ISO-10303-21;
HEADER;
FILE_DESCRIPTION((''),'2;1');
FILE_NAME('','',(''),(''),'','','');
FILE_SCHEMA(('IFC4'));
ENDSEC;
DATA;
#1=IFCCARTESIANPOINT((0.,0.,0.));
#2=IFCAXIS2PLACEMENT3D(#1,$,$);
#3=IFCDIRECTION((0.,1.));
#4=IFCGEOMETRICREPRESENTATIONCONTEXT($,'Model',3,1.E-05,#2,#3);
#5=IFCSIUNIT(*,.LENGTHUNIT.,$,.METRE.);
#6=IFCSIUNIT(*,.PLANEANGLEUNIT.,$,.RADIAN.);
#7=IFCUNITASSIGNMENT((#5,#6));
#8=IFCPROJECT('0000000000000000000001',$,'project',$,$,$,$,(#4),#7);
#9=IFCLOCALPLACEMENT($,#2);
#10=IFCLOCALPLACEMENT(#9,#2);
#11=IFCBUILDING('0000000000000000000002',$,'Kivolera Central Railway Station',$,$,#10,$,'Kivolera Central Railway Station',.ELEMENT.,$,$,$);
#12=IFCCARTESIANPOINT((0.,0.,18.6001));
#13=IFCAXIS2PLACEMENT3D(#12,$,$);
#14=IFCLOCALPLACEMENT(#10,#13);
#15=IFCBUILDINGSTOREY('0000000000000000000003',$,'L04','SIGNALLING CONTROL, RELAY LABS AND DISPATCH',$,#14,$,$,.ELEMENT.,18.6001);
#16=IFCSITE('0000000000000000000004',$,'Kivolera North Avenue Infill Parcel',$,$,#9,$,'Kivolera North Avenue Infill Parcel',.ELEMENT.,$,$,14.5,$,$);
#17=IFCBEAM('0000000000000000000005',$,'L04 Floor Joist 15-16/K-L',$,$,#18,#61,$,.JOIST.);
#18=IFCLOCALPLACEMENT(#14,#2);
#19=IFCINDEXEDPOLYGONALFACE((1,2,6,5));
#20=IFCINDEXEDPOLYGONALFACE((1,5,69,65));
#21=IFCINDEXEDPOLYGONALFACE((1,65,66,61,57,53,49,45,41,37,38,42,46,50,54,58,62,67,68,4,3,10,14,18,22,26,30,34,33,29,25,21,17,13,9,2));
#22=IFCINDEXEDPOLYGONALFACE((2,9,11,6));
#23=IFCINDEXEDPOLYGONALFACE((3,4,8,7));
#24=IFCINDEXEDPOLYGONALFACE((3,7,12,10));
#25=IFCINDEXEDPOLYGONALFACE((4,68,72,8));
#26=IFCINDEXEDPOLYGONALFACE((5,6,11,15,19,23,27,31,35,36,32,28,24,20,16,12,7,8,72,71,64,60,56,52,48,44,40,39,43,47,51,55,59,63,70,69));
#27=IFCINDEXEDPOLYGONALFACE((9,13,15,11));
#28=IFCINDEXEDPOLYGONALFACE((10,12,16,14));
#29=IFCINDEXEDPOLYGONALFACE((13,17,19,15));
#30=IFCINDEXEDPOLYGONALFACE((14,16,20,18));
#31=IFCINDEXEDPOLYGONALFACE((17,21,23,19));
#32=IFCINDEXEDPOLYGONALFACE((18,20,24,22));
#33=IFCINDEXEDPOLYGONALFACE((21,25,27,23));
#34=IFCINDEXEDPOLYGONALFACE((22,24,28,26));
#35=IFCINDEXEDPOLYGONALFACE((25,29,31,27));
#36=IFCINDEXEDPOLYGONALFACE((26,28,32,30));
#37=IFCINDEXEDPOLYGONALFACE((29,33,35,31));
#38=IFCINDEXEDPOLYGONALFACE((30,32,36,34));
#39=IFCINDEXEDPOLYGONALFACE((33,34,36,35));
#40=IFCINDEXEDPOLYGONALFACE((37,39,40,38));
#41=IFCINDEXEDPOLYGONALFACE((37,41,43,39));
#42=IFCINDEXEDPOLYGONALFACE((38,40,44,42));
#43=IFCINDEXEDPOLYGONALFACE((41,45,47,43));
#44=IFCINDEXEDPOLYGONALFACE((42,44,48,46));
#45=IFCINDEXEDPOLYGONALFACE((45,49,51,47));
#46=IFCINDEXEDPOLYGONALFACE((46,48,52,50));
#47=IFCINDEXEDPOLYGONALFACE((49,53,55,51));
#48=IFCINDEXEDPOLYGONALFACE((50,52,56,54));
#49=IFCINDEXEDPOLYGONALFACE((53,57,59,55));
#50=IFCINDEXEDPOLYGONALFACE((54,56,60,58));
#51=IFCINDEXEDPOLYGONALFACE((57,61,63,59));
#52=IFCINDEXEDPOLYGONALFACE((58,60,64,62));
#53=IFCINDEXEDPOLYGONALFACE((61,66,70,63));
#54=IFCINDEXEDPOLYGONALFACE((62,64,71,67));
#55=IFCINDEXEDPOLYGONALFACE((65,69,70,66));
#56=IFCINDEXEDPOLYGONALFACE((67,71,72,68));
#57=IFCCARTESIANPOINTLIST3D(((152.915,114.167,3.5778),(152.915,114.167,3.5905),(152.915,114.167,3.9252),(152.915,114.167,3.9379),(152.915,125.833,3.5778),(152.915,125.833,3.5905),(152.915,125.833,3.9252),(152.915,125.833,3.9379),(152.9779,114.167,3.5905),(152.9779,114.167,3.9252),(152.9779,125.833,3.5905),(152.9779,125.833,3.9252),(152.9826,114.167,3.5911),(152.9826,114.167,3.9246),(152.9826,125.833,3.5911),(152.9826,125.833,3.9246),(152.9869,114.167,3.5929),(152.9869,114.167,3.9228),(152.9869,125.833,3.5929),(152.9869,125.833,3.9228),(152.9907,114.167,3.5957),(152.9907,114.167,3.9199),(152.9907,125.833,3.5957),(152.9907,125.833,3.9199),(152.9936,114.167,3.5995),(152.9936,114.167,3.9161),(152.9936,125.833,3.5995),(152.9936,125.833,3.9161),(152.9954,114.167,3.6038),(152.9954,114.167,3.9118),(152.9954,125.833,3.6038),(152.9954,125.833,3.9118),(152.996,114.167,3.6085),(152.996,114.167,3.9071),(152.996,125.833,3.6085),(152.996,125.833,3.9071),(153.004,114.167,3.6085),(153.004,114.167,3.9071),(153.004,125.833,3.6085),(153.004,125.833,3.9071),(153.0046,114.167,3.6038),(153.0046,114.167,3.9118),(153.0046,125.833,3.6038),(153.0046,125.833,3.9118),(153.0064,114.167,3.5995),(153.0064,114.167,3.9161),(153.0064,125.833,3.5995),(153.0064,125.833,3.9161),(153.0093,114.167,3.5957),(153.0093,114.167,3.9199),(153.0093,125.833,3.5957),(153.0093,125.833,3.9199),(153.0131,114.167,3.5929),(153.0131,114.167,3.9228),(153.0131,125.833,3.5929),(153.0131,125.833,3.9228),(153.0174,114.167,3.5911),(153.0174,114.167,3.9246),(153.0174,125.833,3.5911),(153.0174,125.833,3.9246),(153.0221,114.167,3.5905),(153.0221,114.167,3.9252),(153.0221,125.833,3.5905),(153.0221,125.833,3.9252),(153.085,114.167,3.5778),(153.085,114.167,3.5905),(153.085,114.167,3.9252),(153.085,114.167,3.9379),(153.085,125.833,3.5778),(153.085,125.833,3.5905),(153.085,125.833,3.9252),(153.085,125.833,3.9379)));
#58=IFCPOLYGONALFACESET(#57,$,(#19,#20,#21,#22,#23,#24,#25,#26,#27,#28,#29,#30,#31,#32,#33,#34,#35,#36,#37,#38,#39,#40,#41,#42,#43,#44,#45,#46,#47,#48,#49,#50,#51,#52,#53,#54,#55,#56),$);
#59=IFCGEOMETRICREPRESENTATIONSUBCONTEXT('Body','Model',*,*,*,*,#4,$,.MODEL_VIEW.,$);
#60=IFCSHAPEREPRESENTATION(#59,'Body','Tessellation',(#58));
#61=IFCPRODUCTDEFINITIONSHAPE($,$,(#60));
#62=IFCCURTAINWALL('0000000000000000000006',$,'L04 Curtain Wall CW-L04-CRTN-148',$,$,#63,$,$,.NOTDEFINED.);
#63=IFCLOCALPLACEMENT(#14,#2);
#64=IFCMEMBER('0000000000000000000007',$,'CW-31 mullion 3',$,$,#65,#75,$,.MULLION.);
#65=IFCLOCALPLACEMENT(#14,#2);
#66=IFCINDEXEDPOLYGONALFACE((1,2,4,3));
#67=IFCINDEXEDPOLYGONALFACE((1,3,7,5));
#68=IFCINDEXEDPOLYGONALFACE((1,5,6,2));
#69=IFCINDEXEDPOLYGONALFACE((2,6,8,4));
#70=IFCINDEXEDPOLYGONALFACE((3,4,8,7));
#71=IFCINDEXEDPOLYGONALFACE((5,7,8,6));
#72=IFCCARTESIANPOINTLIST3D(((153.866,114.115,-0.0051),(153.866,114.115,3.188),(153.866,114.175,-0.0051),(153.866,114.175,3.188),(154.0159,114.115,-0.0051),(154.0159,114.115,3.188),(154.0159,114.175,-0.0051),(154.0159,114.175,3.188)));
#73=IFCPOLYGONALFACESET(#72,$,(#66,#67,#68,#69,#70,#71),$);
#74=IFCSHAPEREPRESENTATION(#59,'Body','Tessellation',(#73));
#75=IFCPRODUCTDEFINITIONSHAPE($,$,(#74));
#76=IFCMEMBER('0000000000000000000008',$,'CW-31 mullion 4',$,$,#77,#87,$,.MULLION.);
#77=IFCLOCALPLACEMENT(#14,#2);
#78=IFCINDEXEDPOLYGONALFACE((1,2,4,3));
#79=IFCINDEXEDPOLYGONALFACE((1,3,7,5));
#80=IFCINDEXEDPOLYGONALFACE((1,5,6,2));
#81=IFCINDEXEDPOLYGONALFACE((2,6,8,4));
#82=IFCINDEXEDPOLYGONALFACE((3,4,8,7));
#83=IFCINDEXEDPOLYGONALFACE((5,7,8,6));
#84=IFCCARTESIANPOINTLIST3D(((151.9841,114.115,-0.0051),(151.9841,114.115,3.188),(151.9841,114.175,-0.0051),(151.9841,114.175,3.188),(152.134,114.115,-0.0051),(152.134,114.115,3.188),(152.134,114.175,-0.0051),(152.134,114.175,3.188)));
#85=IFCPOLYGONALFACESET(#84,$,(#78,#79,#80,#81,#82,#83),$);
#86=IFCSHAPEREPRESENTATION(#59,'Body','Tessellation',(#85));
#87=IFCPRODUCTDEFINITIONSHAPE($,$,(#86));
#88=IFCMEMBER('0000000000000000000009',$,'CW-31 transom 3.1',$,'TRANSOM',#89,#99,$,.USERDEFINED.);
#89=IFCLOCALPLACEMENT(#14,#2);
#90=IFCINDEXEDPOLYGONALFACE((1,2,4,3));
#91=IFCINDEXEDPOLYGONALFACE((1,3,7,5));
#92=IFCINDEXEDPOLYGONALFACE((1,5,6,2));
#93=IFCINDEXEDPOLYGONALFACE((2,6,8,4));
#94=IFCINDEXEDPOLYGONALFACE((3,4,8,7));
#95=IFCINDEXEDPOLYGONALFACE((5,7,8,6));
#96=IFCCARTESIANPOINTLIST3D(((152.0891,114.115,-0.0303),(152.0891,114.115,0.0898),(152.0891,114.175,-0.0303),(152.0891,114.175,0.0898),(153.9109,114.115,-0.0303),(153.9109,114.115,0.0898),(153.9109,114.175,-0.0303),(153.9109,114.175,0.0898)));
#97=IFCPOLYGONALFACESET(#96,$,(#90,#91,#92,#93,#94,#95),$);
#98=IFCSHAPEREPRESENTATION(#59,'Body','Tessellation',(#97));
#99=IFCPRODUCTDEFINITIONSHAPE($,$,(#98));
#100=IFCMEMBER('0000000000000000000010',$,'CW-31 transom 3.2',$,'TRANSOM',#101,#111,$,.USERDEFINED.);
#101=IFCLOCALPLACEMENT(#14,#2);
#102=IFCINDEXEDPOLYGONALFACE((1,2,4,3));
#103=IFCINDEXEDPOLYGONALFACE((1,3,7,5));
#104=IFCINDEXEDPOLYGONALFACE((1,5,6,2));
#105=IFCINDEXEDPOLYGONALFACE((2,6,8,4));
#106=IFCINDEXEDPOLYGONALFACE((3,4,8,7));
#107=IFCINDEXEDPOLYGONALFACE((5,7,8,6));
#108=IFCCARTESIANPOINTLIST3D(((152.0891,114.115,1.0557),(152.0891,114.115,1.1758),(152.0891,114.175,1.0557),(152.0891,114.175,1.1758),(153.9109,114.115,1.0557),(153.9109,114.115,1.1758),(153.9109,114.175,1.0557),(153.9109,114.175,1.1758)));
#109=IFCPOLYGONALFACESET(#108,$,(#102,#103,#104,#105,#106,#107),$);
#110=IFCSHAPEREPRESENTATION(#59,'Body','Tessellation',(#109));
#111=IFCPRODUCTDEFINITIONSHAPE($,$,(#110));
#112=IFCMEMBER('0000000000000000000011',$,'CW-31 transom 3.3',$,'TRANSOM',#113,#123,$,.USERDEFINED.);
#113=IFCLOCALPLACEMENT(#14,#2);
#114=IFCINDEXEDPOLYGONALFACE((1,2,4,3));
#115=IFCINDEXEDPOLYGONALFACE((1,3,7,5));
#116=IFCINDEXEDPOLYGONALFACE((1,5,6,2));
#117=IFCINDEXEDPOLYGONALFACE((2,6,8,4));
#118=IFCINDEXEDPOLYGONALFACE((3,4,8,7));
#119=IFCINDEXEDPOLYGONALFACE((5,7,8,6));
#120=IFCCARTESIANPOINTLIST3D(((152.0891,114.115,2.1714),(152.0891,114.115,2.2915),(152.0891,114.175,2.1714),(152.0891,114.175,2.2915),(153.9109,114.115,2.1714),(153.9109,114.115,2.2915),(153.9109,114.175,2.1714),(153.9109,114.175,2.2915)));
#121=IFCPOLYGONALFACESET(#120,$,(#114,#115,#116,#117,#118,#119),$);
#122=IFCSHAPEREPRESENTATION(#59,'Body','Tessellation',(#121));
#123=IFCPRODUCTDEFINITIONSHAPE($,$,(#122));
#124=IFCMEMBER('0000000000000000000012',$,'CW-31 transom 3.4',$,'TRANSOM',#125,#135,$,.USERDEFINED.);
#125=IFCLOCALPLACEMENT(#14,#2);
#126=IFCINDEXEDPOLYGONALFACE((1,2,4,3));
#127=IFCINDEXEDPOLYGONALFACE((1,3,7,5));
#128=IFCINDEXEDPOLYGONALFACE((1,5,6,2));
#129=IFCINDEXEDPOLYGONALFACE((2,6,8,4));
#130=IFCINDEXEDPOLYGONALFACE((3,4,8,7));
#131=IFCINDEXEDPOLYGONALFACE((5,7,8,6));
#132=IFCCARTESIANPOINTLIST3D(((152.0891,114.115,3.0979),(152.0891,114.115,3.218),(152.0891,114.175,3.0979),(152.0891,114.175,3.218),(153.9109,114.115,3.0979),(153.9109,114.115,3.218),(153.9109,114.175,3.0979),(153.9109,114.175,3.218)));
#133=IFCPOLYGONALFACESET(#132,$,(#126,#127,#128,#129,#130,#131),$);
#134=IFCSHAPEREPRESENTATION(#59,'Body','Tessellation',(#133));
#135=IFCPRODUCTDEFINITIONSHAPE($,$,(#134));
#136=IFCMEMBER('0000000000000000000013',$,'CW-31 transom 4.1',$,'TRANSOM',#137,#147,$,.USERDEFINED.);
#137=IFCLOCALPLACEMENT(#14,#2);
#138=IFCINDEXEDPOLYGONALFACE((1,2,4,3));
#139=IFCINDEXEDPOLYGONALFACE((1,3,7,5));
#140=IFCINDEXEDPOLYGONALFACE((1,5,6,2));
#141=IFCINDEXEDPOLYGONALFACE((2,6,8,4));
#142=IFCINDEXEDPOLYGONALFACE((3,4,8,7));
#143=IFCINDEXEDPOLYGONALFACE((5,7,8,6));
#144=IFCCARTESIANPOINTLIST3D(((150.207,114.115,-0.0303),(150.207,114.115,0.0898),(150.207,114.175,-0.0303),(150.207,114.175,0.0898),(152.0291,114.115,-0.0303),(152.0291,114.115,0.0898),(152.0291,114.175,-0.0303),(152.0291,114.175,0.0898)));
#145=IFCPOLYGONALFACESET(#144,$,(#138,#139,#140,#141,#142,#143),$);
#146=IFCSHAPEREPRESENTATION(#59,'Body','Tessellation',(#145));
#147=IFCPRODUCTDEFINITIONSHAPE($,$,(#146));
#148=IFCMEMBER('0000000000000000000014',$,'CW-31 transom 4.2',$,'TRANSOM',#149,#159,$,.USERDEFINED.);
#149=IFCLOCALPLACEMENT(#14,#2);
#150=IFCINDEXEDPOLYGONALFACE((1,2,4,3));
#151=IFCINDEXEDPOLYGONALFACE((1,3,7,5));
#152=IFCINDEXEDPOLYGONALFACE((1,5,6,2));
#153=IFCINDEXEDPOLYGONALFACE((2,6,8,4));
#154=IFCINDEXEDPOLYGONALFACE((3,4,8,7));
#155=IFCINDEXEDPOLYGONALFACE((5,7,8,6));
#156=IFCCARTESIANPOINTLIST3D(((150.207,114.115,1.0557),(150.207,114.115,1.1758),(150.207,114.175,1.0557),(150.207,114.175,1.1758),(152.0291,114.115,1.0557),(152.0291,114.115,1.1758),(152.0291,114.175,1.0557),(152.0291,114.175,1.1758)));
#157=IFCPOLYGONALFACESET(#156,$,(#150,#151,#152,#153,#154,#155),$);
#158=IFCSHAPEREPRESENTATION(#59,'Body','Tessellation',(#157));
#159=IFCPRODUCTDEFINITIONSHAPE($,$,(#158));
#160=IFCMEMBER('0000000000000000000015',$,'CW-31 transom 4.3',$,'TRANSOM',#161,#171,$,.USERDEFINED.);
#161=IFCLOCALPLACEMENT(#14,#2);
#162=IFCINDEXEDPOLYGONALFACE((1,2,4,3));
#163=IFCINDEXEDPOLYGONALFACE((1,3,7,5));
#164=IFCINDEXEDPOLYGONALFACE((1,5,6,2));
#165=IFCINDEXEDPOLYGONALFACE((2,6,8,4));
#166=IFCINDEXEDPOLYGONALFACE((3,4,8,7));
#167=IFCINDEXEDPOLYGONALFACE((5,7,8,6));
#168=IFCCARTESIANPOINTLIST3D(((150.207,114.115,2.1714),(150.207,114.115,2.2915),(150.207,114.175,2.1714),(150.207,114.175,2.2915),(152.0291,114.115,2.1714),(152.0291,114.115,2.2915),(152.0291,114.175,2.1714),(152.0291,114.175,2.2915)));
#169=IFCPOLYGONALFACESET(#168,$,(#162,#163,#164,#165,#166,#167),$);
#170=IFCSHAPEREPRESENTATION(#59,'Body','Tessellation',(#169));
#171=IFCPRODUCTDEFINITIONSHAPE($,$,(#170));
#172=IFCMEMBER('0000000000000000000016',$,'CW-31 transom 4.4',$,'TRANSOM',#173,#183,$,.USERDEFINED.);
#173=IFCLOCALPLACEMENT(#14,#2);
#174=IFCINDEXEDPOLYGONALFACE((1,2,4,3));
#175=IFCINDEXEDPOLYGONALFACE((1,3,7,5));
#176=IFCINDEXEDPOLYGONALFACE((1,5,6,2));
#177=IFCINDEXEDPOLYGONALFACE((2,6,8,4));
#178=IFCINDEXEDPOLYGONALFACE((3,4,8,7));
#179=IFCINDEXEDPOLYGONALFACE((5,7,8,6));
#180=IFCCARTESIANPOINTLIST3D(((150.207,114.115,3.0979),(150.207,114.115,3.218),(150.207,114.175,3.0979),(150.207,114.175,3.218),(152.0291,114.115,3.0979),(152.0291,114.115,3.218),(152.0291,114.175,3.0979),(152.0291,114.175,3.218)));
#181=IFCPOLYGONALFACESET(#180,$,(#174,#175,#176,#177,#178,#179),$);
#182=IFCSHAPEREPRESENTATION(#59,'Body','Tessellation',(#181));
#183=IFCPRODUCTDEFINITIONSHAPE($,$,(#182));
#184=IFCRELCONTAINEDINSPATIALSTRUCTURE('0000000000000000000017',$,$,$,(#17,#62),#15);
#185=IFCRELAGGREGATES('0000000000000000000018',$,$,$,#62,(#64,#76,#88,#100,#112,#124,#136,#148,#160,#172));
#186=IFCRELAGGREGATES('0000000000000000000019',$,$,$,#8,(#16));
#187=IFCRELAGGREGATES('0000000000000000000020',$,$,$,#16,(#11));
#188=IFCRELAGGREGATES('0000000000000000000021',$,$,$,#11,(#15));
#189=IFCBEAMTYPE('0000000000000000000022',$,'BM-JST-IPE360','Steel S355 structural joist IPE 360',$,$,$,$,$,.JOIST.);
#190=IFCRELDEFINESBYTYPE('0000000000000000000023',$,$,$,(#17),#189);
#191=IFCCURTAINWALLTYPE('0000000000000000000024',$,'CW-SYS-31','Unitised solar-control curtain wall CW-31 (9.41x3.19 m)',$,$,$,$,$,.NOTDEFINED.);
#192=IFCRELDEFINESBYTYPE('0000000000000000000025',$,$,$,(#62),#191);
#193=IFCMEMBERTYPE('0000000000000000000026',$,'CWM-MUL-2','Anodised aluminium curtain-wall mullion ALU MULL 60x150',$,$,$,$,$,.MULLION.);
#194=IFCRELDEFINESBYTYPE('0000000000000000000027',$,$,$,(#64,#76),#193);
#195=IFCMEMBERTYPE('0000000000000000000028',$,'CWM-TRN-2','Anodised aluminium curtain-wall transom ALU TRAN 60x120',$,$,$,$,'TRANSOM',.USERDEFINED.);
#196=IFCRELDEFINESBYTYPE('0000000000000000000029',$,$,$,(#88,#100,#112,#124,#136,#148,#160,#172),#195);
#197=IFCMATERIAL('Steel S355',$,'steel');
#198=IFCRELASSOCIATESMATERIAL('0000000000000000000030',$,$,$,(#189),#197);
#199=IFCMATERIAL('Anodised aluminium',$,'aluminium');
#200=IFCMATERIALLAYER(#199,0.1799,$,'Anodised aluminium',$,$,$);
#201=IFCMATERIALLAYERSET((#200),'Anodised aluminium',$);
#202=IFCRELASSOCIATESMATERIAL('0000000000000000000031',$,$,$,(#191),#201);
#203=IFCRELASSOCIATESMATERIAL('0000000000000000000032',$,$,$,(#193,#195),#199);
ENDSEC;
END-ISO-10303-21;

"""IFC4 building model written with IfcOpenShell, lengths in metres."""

from ifc_helpers import new_model, si_unit, direction, frame, origin, origin_2d, place, context, subcontext, project, spatial, rectangle, i_section, extrude, material, layer, layer_set, material_profile, profile_set, type_object, element, aggregate, save


model = new_model("IFC4")

# Units and contexts
model_context = context("Model", 3, precision=1e-05, world=origin(), true_north=direction((0.0, 1.0)))
body_context = subcontext(model_context, "Body", "Model", "MODEL_VIEW")
ifc_project = project(units=[si_unit("LENGTHUNIT", "METRE"), si_unit("PLANEANGLEUNIT", "RADIAN")], contexts=[model_context])

# Site, building, storey
site_placement = place(None, origin())
site = spatial("IfcSite", under=ifc_project, at=site_placement, Name="Kivolera North Avenue Infill Parcel", LongName="Kivolera North Avenue Infill Parcel", CompositionType="ELEMENT", RefElevation=14.5)
building_placement = place(site_placement, origin())
building = spatial("IfcBuilding", under=site, at=building_placement, Name="Kivolera Central Railway Station", LongName="Kivolera Central Railway Station", CompositionType="ELEMENT")
storey_placement = place(building_placement, frame((0.0, 0.0, 18.6001)))
storey = spatial("IfcBuildingStorey", under=building, at=storey_placement, Name="L04", Description="SIGNALLING CONTROL, RELAY LABS AND DISPATCH", CompositionType="ELEMENT", Elevation=18.6001)

# Beam
ifc_material_1 = material(Name="Steel S355", Category="steel")
ifc_material_profile_1 = material_profile(ifc_material_1, i_section(OverallWidth=0.1699, OverallDepth=0.3601, WebThickness=0.0081, FlangeThickness=0.0127, FilletRadius=0.0181, at=origin_2d()), Name="IPE 360")
ifc_profile_set_1 = profile_set([ifc_material_profile_1], Name="Steel S355")
beam_type = type_object("IfcBeamType", Name="BM-JST-IPE360", Description="Steel S355 structural joist IPE 360", PredefinedType="JOIST", material=ifc_profile_set_1)
beam_placement = place(storey_placement, frame((153.0, 114.167, 3.7578), z_axis=(0.0, 1.0, 0.0), x_axis=(-1.0, 0.0, 0.0)))
element("IfcBeam", 1, at=beam_placement, inside=storey, type_object=beam_type, Name="L04 Floor Joist 15-16/K-L", PredefinedType="JOIST", context=body_context, shape_type="SweptSolid", body=[
    extrude(i_section(OverallWidth=0.1699, OverallDepth=0.3601, WebThickness=0.0081, FlangeThickness=0.0127, FilletRadius=0.0181, at=origin_2d()), origin(), (0.0, 0.0, 1.0), 11.666),
])

# Curtain wall, members
ifc_material_2 = material(Name="Anodised aluminium", Category="aluminium")
ifc_layer_1 = layer(ifc_material_2, 0.1799, Name="Anodised aluminium")
ifc_layer_set_1 = layer_set([ifc_layer_1], Name="Anodised aluminium")
curtain_wall_type = type_object("IfcCurtainWallType", Name="CW-SYS-31", Description="Unitised solar-control curtain wall CW-31 (9.41x3.19 m)", PredefinedType="NOTDEFINED", material=ifc_layer_set_1)
curtain_wall_placement = place(storey_placement, origin())
curtain_wall = element("IfcCurtainWall", 2, at=curtain_wall_placement, inside=storey, type_object=curtain_wall_type, Name="L04 Curtain Wall CW-L04-CRTN-148", PredefinedType="NOTDEFINED")
ifc_material_profile_2 = material_profile(ifc_material_2, rectangle(XDim=0.0601, YDim=0.1499, at=origin_2d()), Name="ALU MULL 60x150")
ifc_profile_set_2 = profile_set([ifc_material_profile_2], Name="Anodised aluminium")
member_type_1 = type_object("IfcMemberType", Name="CWM-MUL-2", Description="Anodised aluminium curtain-wall mullion ALU MULL 60x150", PredefinedType="MULLION", material=ifc_profile_set_2)
member_1_placement = place(storey_placement, frame((153.9409, 114.145, -0.0051), z_axis=(0.0, 0.0, 1.0), x_axis=(0.0, -1.0, 0.0)))
member_1 = element("IfcMember", 3, at=member_1_placement, type_object=member_type_1, Name="CW-31 mullion 3", PredefinedType="MULLION", context=body_context, shape_type="SweptSolid", body=[
    extrude(rectangle(XDim=0.0601, YDim=0.1499, at=origin_2d()), origin(), (0.0, 0.0, 1.0), 3.1931),
])
member_2_placement = place(storey_placement, frame((152.0591, 114.145, -0.0051), z_axis=(0.0, 0.0, 1.0), x_axis=(0.0, -1.0, 0.0)))
member_2 = element("IfcMember", 4, at=member_2_placement, type_object=member_type_1, Name="CW-31 mullion 4", PredefinedType="MULLION", context=body_context, shape_type="SweptSolid", body=[
    extrude(rectangle(XDim=0.0601, YDim=0.1499, at=origin_2d()), origin(), (0.0, 0.0, 1.0), 3.1931),
])
ifc_material_profile_3 = material_profile(ifc_material_2, rectangle(XDim=0.0601, YDim=0.1201, at=origin_2d()), Name="ALU TRAN 60x120")
ifc_profile_set_3 = profile_set([ifc_material_profile_3], Name="Anodised aluminium")
member_type_2 = type_object("IfcMemberType", Name="CWM-TRN-2", Description="Anodised aluminium curtain-wall transom ALU TRAN 60x120", ElementType="TRANSOM", PredefinedType="USERDEFINED", material=ifc_profile_set_3)
member_3_placement = place(storey_placement, frame((153.9109, 114.145, 0.0298), z_axis=(-1.0, 0.0, 0.0), x_axis=(0.0, -1.0, 0.0)))
member_3 = element("IfcMember", 5, at=member_3_placement, type_object=member_type_2, Name="CW-31 transom 3.1", ObjectType="TRANSOM", PredefinedType="USERDEFINED", context=body_context, shape_type="SweptSolid", body=[
    extrude(rectangle(XDim=0.0601, YDim=0.1201, at=origin_2d()), origin(), (0.0, 0.0, 1.0), 1.8218),
])
member_4_placement = place(storey_placement, frame((153.9109, 114.145, 1.1157), z_axis=(-1.0, 0.0, 0.0), x_axis=(0.0, -1.0, 0.0)))
member_4 = element("IfcMember", 6, at=member_4_placement, type_object=member_type_2, Name="CW-31 transom 3.2", ObjectType="TRANSOM", PredefinedType="USERDEFINED", context=body_context, shape_type="SweptSolid", body=[
    extrude(rectangle(XDim=0.0601, YDim=0.1201, at=origin_2d()), origin(), (0.0, 0.0, 1.0), 1.8218),
])
member_5_placement = place(storey_placement, frame((153.9109, 114.145, 2.2314), z_axis=(-1.0, 0.0, 0.0), x_axis=(0.0, -1.0, 0.0)))
member_5 = element("IfcMember", 7, at=member_5_placement, type_object=member_type_2, Name="CW-31 transom 3.3", ObjectType="TRANSOM", PredefinedType="USERDEFINED", context=body_context, shape_type="SweptSolid", body=[
    extrude(rectangle(XDim=0.0601, YDim=0.1201, at=origin_2d()), origin(), (0.0, 0.0, 1.0), 1.8218),
])
member_6_placement = place(storey_placement, frame((153.9109, 114.145, 3.158), z_axis=(-1.0, 0.0, 0.0), x_axis=(0.0, -1.0, 0.0)))
member_6 = element("IfcMember", 8, at=member_6_placement, type_object=member_type_2, Name="CW-31 transom 3.4", ObjectType="TRANSOM", PredefinedType="USERDEFINED", context=body_context, shape_type="SweptSolid", body=[
    extrude(rectangle(XDim=0.0601, YDim=0.1201, at=origin_2d()), origin(), (0.0, 0.0, 1.0), 1.8218),
])
member_7_placement = place(storey_placement, frame((152.0291, 114.145, 0.0298), z_axis=(-1.0, 0.0, 0.0), x_axis=(0.0, -1.0, 0.0)))
member_7 = element("IfcMember", 9, at=member_7_placement, type_object=member_type_2, Name="CW-31 transom 4.1", ObjectType="TRANSOM", PredefinedType="USERDEFINED", context=body_context, shape_type="SweptSolid", body=[
    extrude(rectangle(XDim=0.0601, YDim=0.1201, at=origin_2d()), origin(), (0.0, 0.0, 1.0), 1.822),
])
member_8_placement = place(storey_placement, frame((152.0291, 114.145, 1.1157), z_axis=(-1.0, 0.0, 0.0), x_axis=(0.0, -1.0, 0.0)))
member_8 = element("IfcMember", 10, at=member_8_placement, type_object=member_type_2, Name="CW-31 transom 4.2", ObjectType="TRANSOM", PredefinedType="USERDEFINED", context=body_context, shape_type="SweptSolid", body=[
    extrude(rectangle(XDim=0.0601, YDim=0.1201, at=origin_2d()), origin(), (0.0, 0.0, 1.0), 1.822),
])
member_9_placement = place(storey_placement, frame((152.0291, 114.145, 2.2314), z_axis=(-1.0, 0.0, 0.0), x_axis=(0.0, -1.0, 0.0)))
member_9 = element("IfcMember", 11, at=member_9_placement, type_object=member_type_2, Name="CW-31 transom 4.3", ObjectType="TRANSOM", PredefinedType="USERDEFINED", context=body_context, shape_type="SweptSolid", body=[
    extrude(rectangle(XDim=0.0601, YDim=0.1201, at=origin_2d()), origin(), (0.0, 0.0, 1.0), 1.822),
])
member_10_placement = place(storey_placement, frame((152.0291, 114.145, 3.158), z_axis=(-1.0, 0.0, 0.0), x_axis=(0.0, -1.0, 0.0)))
member_10 = element("IfcMember", 12, at=member_10_placement, type_object=member_type_2, Name="CW-31 transom 4.4", ObjectType="TRANSOM", PredefinedType="USERDEFINED", context=body_context, shape_type="SweptSolid", body=[
    extrude(rectangle(XDim=0.0601, YDim=0.1201, at=origin_2d()), origin(), (0.0, 0.0, 1.0), 1.822),
])
aggregate(curtain_wall, [member_1, member_2, member_3, member_4, member_5, member_6, member_7, member_8, member_9, member_10])

save(model, "model.ifc")
